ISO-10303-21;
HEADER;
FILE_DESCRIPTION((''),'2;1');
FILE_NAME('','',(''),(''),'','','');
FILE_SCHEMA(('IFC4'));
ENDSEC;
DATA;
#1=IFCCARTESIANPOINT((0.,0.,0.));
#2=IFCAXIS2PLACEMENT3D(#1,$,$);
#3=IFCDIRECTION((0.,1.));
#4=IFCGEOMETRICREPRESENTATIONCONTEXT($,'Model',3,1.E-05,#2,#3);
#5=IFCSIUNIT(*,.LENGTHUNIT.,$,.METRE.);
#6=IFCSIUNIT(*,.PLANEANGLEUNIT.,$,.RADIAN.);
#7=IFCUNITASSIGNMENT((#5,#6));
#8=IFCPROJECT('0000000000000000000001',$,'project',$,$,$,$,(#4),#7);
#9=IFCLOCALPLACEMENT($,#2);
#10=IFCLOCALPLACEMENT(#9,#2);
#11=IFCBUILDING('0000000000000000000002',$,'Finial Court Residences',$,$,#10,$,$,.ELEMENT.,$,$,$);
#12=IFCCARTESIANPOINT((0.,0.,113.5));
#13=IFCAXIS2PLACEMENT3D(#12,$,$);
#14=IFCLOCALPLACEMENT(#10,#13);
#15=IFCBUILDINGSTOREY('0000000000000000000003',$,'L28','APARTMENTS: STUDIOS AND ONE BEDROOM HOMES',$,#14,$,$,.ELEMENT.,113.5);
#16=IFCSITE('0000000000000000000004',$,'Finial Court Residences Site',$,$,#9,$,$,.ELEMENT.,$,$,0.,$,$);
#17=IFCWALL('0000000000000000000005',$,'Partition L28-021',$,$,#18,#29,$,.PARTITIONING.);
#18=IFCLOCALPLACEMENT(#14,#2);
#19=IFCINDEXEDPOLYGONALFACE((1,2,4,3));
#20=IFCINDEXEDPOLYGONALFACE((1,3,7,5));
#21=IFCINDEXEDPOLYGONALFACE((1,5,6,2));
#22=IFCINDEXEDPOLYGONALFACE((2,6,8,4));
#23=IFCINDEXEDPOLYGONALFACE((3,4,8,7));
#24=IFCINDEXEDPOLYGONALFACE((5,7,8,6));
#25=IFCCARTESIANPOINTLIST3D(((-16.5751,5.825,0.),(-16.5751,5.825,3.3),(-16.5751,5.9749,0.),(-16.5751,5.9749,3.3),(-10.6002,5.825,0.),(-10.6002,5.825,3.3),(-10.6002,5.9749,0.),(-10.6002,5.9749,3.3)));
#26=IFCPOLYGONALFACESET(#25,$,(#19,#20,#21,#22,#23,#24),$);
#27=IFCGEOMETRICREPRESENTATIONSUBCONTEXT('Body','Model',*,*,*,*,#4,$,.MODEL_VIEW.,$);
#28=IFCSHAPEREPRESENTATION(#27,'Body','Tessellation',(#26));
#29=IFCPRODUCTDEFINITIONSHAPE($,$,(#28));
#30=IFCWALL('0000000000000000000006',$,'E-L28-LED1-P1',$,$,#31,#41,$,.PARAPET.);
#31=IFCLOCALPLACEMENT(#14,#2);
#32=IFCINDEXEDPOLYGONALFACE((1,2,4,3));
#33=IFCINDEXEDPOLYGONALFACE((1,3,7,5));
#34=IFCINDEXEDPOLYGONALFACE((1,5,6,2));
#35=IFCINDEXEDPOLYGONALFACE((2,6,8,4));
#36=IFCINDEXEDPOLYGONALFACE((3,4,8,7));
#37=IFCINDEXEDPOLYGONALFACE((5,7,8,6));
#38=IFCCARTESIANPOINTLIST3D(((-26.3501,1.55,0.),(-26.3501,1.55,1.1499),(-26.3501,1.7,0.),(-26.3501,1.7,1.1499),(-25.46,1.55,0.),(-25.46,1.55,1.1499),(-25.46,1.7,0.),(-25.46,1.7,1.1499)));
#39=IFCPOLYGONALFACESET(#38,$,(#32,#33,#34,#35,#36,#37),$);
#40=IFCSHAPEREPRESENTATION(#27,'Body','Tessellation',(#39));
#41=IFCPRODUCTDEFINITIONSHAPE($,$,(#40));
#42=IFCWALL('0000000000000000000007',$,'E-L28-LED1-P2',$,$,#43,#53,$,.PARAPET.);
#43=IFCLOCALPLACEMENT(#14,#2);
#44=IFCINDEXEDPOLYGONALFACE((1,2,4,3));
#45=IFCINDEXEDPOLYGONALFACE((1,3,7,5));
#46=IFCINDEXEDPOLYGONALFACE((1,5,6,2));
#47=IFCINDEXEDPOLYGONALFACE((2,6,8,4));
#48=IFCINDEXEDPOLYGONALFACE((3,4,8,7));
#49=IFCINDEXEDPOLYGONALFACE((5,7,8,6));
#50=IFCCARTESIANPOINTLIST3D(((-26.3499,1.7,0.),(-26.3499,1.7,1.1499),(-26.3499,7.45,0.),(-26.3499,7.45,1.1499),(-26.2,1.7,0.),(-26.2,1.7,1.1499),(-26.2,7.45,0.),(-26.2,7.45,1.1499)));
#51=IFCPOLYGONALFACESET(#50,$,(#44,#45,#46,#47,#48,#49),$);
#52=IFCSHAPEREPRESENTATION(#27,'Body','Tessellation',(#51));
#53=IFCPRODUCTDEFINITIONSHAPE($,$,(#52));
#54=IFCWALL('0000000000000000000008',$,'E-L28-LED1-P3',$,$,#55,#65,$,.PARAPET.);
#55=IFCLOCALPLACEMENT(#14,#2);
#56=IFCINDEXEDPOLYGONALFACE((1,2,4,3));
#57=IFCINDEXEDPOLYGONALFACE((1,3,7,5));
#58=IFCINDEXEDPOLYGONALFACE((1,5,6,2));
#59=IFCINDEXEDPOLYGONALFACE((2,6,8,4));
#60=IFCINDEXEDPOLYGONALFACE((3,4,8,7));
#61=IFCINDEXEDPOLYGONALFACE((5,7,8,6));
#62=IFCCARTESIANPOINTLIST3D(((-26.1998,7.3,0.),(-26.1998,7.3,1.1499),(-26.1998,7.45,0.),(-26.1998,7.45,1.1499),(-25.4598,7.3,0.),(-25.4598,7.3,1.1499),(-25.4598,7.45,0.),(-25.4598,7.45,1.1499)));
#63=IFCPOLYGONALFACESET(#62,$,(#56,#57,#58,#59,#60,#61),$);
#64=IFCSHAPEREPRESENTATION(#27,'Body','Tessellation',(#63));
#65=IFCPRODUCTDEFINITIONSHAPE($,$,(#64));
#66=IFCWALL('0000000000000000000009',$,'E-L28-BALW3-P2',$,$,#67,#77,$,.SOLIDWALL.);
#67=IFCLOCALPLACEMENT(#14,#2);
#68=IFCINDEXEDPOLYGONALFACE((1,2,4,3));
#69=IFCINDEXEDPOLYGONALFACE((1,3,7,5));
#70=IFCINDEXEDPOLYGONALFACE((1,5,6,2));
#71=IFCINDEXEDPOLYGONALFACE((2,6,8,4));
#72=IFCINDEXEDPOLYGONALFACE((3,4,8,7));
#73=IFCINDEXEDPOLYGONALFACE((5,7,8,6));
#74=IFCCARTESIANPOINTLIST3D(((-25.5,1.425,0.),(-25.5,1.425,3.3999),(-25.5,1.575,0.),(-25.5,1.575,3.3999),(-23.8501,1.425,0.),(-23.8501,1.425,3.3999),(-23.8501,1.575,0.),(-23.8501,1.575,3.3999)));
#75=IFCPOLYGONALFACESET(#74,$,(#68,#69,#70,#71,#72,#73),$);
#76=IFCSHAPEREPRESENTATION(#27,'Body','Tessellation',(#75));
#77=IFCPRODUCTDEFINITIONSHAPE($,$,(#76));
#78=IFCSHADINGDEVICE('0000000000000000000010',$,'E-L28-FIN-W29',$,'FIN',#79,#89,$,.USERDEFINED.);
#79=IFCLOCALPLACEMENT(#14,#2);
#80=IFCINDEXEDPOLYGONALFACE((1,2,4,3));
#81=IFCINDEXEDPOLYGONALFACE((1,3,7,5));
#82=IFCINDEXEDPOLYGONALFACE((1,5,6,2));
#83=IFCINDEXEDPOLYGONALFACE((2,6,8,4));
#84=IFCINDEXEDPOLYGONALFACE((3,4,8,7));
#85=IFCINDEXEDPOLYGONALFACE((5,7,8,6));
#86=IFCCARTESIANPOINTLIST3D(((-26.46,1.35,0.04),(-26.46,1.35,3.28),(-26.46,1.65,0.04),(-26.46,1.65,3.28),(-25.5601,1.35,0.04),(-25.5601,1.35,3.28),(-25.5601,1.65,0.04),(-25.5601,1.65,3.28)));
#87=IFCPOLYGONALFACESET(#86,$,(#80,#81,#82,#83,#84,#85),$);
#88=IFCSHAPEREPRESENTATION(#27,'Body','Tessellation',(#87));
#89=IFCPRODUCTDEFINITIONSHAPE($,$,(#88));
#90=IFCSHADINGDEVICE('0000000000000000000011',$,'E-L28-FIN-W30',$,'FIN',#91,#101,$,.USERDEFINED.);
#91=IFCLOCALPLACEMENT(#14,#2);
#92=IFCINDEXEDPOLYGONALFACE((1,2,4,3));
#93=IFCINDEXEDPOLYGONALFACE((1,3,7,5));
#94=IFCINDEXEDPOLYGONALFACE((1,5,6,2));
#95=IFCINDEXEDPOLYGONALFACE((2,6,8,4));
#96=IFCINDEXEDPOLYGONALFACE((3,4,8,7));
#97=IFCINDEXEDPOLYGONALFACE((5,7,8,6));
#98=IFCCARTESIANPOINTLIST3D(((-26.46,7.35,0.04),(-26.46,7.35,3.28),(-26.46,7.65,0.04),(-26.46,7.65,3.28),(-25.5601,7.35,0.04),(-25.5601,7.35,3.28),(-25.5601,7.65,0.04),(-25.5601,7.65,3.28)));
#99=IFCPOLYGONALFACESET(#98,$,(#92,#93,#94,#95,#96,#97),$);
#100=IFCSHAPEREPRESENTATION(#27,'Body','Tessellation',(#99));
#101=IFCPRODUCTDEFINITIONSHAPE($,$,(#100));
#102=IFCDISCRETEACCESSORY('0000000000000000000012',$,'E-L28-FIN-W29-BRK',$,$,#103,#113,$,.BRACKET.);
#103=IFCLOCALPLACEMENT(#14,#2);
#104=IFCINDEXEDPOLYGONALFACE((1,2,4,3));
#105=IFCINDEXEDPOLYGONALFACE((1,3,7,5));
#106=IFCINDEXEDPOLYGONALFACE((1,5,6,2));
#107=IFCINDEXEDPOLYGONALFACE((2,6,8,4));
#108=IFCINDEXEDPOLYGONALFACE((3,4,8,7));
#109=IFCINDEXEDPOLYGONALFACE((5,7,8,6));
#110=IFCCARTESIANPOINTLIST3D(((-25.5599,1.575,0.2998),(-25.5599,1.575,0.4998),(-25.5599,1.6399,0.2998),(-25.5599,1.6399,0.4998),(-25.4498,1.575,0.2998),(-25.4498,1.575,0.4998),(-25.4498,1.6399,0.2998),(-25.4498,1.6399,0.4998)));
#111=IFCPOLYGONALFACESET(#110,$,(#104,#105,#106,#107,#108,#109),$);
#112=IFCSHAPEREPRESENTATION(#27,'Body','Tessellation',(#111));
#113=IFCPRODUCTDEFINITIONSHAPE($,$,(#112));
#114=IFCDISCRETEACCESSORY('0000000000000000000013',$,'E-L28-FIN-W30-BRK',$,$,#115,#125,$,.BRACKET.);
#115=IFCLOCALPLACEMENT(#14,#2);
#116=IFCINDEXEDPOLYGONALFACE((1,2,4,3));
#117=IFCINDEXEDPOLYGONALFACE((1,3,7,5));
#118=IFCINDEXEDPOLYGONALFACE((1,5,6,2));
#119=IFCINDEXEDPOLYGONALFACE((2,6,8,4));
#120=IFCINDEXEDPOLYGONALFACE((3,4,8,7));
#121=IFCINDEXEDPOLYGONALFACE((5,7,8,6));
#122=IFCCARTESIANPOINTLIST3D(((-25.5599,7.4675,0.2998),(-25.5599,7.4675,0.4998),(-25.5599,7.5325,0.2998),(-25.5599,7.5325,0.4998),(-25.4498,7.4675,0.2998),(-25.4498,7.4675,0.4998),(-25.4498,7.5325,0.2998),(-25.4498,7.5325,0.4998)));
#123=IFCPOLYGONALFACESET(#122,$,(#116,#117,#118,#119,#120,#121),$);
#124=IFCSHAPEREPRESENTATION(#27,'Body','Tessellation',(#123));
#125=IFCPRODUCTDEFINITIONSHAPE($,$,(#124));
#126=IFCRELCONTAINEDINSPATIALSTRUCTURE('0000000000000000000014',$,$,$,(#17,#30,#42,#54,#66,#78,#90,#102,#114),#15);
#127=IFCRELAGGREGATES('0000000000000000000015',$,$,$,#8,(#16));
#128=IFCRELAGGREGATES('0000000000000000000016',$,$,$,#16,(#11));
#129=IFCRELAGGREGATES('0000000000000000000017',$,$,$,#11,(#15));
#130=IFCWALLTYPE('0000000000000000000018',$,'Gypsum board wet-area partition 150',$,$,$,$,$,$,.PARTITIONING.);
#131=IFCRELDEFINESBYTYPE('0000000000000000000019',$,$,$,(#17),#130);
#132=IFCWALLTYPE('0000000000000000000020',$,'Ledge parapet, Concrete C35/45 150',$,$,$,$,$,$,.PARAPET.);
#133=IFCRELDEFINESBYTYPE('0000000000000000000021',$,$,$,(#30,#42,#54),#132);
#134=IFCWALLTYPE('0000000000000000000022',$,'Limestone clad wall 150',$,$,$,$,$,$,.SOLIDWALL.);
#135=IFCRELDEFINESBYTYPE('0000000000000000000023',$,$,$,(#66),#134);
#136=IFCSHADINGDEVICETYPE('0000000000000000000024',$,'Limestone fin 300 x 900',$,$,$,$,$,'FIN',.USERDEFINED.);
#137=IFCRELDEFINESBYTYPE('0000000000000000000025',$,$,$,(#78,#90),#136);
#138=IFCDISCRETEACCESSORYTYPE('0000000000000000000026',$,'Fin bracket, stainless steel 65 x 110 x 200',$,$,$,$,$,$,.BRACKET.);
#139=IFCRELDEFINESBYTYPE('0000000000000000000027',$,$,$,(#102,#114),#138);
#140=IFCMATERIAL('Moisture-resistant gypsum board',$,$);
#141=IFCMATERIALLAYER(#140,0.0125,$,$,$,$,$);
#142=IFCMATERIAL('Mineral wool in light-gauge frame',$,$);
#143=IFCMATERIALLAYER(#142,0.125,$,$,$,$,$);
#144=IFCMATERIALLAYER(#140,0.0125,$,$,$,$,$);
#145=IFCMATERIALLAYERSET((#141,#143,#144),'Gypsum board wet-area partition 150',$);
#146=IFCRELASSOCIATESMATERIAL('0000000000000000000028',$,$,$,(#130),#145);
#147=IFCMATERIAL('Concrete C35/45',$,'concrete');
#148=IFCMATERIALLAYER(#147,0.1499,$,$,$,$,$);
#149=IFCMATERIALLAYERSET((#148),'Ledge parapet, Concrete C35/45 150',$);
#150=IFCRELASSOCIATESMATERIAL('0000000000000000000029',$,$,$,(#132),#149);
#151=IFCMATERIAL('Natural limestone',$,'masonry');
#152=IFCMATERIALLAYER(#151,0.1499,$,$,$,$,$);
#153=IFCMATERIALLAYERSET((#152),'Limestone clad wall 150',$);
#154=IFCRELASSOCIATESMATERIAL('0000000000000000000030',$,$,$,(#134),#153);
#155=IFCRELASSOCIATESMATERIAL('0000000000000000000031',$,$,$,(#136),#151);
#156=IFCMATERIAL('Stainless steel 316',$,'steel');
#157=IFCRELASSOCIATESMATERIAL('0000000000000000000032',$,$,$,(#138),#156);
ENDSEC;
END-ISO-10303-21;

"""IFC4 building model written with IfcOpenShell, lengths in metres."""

from ifc_helpers import new_model, si_unit, direction, frame, frame_2d, origin, origin_2d, place, context, subcontext, project, spatial, rectangle, extrude, material, layer, layer_set, type_object, element, save


model = new_model("IFC4")

# Units and contexts
model_context = context("Model", 3, precision=1e-05, world=origin(), true_north=direction((0.0, 1.0)))
body_context = subcontext(model_context, "Body", "Model", "MODEL_VIEW")
ifc_project = project(units=[si_unit("LENGTHUNIT", "METRE"), si_unit("PLANEANGLEUNIT", "RADIAN")], contexts=[model_context])

# Site, building, storey
site_placement = place(None, origin())
site = spatial("IfcSite", under=ifc_project, at=site_placement, Name="Finial Court Residences Site", CompositionType="ELEMENT", RefElevation=0.0)
building_placement = place(site_placement, origin())
building = spatial("IfcBuilding", under=site, at=building_placement, Name="Finial Court Residences", CompositionType="ELEMENT")
storey_placement = place(building_placement, frame((0.0, 0.0, 113.5)))
storey = spatial("IfcBuildingStorey", under=building, at=storey_placement, Name="L28", Description="APARTMENTS: STUDIOS AND ONE BEDROOM HOMES", CompositionType="ELEMENT", Elevation=113.5)

# Walls
ifc_material_1 = material(Name="Moisture-resistant gypsum board")
ifc_layer_1 = layer(ifc_material_1, 0.0125)
ifc_material_2 = material(Name="Mineral wool in light-gauge frame")
ifc_layer_2 = layer(ifc_material_2, 0.125)
ifc_layer_3 = layer(ifc_material_1, 0.0125)
ifc_layer_set_1 = layer_set([ifc_layer_1, ifc_layer_2, ifc_layer_3], Name="Gypsum board wet-area partition 150")
wall_type_1 = type_object("IfcWallType", Name="Gypsum board wet-area partition 150", PredefinedType="PARTITIONING", material=ifc_layer_set_1)
wall_1_placement = place(storey_placement, frame((-16.575, 5.8999, 0.0), z_axis=(0.0, 0.0, 1.0), x_axis=(1.0, 0.0, 0.0)))
element("IfcWall", 1, at=wall_1_placement, inside=storey, type_object=wall_type_1, Name="Partition L28-021", PredefinedType="PARTITIONING", context=body_context, shape_type="SweptSolid", body=[
    extrude(rectangle(XDim=5.9749, YDim=0.1499, at=frame_2d((2.9873, 0.0))), origin(), (0.0, 0.0, 1.0), 3.3),
])
ifc_material_3 = material(Name="Concrete C35/45", Category="concrete")
ifc_layer_4 = layer(ifc_material_3, 0.1499)
ifc_layer_set_2 = layer_set([ifc_layer_4], Name="Ledge parapet, Concrete C35/45 150")
wall_type_2 = type_object("IfcWallType", Name="Ledge parapet, Concrete C35/45 150", PredefinedType="PARAPET", material=ifc_layer_set_2)
wall_2_placement = place(storey_placement, frame((-25.46, 1.625, 0.0), z_axis=(0.0, 0.0, 1.0), x_axis=(-1.0, 0.0, 0.0)))
element("IfcWall", 2, at=wall_2_placement, inside=storey, type_object=wall_type_2, Name="E-L28-LED1-P1", PredefinedType="PARAPET", context=body_context, shape_type="SweptSolid", body=[
    extrude(rectangle(XDim=0.8901, YDim=0.1499, at=frame_2d((0.4451, 0.0))), origin(), (0.0, 0.0, 1.0), 1.1499),
])
wall_3_placement = place(storey_placement, frame((-26.2749, 1.7, 0.0), z_axis=(0.0, 0.0, 1.0), x_axis=(0.0, 1.0, 0.0)))
element("IfcWall", 3, at=wall_3_placement, inside=storey, type_object=wall_type_2, Name="E-L28-LED1-P2", PredefinedType="PARAPET", context=body_context, shape_type="SweptSolid", body=[
    extrude(rectangle(XDim=5.75, YDim=0.1499, at=frame_2d((2.875, 0.0))), origin(), (0.0, 0.0, 1.0), 1.1499),
])
wall_4_placement = place(storey_placement, frame((-26.2, 7.375, 0.0), z_axis=(0.0, 0.0, 1.0), x_axis=(1.0, 0.0, 0.0)))
element("IfcWall", 4, at=wall_4_placement, inside=storey, type_object=wall_type_2, Name="E-L28-LED1-P3", PredefinedType="PARAPET", context=body_context, shape_type="SweptSolid", body=[
    extrude(rectangle(XDim=0.74, YDim=0.1499, at=frame_2d((0.3701, 0.0))), origin(), (0.0, 0.0, 1.0), 1.1499),
])
ifc_material_4 = material(Name="Natural limestone", Category="masonry")
ifc_layer_5 = layer(ifc_material_4, 0.1499)
ifc_layer_set_3 = layer_set([ifc_layer_5], Name="Limestone clad wall 150")
wall_type_3 = type_object("IfcWallType", Name="Limestone clad wall 150", PredefinedType="SOLIDWALL", material=ifc_layer_set_3)
wall_5_placement = place(storey_placement, frame((-23.8501, 1.5, 0.0), z_axis=(0.0, 0.0, 1.0), x_axis=(-1.0, 0.0, 0.0)))
element("IfcWall", 5, at=wall_5_placement, inside=storey, type_object=wall_type_3, Name="E-L28-BALW3-P2", PredefinedType="SOLIDWALL", context=body_context, shape_type="SweptSolid", body=[
    extrude(rectangle(XDim=1.6499, YDim=0.1499, at=frame_2d((0.825, 0.0))), origin(), (0.0, 0.0, 1.0), 3.3999),
])

# Shading devices
shading_device_type = type_object("IfcShadingDeviceType", Name="Limestone fin 300 x 900", ElementType="FIN", PredefinedType="USERDEFINED", material=ifc_material_4)
for number, where, z_axis, x_axis, name in (
    (6, (-26.01, 1.5, 0.04), (0.0, 0.0, 1.0), (1.0, 0.0, 0.0), "E-L28-FIN-W29"),
    (7, (-26.01, 7.5, 0.04), (0.0, 0.0, 1.0), (1.0, 0.0, 0.0), "E-L28-FIN-W30"),
):
    element("IfcShadingDevice", number, at=place(storey_placement, frame(where, z_axis=z_axis, x_axis=x_axis)), inside=storey, type_object=shading_device_type, Name=name, ObjectType="FIN", PredefinedType="USERDEFINED", context=body_context, shape_type="SweptSolid", body=[
        extrude(rectangle(XDim=0.8999, YDim=0.3, at=origin_2d()), origin(), (0.0, 0.0, 1.0), 3.24),
    ])

# Discrete accessories
ifc_material_5 = material(Name="Stainless steel 316", Category="steel")
discrete_accessory_type = type_object("IfcDiscreteAccessoryType", Name="Fin bracket, stainless steel 65 x 110 x 200", PredefinedType="BRACKET", material=ifc_material_5)
for number, where, z_axis, x_axis, name in (
    (8, (-25.5049, 1.6074, 0.2998), (0.0, 0.0, 1.0), (1.0, 0.0, 0.0), "E-L28-FIN-W29-BRK"),
    (9, (-25.5049, 7.5, 0.2998), (0.0, 0.0, 1.0), (1.0, 0.0, 0.0), "E-L28-FIN-W30-BRK"),
):
    element("IfcDiscreteAccessory", number, at=place(storey_placement, frame(where, z_axis=z_axis, x_axis=x_axis)), inside=storey, type_object=discrete_accessory_type, Name=name, PredefinedType="BRACKET", context=body_context, shape_type="SweptSolid", body=[
        extrude(rectangle(XDim=0.1101, YDim=0.0649, at=origin_2d()), origin(), (0.0, 0.0, 1.0), 0.2),
    ])

save(model, "model.ifc")
